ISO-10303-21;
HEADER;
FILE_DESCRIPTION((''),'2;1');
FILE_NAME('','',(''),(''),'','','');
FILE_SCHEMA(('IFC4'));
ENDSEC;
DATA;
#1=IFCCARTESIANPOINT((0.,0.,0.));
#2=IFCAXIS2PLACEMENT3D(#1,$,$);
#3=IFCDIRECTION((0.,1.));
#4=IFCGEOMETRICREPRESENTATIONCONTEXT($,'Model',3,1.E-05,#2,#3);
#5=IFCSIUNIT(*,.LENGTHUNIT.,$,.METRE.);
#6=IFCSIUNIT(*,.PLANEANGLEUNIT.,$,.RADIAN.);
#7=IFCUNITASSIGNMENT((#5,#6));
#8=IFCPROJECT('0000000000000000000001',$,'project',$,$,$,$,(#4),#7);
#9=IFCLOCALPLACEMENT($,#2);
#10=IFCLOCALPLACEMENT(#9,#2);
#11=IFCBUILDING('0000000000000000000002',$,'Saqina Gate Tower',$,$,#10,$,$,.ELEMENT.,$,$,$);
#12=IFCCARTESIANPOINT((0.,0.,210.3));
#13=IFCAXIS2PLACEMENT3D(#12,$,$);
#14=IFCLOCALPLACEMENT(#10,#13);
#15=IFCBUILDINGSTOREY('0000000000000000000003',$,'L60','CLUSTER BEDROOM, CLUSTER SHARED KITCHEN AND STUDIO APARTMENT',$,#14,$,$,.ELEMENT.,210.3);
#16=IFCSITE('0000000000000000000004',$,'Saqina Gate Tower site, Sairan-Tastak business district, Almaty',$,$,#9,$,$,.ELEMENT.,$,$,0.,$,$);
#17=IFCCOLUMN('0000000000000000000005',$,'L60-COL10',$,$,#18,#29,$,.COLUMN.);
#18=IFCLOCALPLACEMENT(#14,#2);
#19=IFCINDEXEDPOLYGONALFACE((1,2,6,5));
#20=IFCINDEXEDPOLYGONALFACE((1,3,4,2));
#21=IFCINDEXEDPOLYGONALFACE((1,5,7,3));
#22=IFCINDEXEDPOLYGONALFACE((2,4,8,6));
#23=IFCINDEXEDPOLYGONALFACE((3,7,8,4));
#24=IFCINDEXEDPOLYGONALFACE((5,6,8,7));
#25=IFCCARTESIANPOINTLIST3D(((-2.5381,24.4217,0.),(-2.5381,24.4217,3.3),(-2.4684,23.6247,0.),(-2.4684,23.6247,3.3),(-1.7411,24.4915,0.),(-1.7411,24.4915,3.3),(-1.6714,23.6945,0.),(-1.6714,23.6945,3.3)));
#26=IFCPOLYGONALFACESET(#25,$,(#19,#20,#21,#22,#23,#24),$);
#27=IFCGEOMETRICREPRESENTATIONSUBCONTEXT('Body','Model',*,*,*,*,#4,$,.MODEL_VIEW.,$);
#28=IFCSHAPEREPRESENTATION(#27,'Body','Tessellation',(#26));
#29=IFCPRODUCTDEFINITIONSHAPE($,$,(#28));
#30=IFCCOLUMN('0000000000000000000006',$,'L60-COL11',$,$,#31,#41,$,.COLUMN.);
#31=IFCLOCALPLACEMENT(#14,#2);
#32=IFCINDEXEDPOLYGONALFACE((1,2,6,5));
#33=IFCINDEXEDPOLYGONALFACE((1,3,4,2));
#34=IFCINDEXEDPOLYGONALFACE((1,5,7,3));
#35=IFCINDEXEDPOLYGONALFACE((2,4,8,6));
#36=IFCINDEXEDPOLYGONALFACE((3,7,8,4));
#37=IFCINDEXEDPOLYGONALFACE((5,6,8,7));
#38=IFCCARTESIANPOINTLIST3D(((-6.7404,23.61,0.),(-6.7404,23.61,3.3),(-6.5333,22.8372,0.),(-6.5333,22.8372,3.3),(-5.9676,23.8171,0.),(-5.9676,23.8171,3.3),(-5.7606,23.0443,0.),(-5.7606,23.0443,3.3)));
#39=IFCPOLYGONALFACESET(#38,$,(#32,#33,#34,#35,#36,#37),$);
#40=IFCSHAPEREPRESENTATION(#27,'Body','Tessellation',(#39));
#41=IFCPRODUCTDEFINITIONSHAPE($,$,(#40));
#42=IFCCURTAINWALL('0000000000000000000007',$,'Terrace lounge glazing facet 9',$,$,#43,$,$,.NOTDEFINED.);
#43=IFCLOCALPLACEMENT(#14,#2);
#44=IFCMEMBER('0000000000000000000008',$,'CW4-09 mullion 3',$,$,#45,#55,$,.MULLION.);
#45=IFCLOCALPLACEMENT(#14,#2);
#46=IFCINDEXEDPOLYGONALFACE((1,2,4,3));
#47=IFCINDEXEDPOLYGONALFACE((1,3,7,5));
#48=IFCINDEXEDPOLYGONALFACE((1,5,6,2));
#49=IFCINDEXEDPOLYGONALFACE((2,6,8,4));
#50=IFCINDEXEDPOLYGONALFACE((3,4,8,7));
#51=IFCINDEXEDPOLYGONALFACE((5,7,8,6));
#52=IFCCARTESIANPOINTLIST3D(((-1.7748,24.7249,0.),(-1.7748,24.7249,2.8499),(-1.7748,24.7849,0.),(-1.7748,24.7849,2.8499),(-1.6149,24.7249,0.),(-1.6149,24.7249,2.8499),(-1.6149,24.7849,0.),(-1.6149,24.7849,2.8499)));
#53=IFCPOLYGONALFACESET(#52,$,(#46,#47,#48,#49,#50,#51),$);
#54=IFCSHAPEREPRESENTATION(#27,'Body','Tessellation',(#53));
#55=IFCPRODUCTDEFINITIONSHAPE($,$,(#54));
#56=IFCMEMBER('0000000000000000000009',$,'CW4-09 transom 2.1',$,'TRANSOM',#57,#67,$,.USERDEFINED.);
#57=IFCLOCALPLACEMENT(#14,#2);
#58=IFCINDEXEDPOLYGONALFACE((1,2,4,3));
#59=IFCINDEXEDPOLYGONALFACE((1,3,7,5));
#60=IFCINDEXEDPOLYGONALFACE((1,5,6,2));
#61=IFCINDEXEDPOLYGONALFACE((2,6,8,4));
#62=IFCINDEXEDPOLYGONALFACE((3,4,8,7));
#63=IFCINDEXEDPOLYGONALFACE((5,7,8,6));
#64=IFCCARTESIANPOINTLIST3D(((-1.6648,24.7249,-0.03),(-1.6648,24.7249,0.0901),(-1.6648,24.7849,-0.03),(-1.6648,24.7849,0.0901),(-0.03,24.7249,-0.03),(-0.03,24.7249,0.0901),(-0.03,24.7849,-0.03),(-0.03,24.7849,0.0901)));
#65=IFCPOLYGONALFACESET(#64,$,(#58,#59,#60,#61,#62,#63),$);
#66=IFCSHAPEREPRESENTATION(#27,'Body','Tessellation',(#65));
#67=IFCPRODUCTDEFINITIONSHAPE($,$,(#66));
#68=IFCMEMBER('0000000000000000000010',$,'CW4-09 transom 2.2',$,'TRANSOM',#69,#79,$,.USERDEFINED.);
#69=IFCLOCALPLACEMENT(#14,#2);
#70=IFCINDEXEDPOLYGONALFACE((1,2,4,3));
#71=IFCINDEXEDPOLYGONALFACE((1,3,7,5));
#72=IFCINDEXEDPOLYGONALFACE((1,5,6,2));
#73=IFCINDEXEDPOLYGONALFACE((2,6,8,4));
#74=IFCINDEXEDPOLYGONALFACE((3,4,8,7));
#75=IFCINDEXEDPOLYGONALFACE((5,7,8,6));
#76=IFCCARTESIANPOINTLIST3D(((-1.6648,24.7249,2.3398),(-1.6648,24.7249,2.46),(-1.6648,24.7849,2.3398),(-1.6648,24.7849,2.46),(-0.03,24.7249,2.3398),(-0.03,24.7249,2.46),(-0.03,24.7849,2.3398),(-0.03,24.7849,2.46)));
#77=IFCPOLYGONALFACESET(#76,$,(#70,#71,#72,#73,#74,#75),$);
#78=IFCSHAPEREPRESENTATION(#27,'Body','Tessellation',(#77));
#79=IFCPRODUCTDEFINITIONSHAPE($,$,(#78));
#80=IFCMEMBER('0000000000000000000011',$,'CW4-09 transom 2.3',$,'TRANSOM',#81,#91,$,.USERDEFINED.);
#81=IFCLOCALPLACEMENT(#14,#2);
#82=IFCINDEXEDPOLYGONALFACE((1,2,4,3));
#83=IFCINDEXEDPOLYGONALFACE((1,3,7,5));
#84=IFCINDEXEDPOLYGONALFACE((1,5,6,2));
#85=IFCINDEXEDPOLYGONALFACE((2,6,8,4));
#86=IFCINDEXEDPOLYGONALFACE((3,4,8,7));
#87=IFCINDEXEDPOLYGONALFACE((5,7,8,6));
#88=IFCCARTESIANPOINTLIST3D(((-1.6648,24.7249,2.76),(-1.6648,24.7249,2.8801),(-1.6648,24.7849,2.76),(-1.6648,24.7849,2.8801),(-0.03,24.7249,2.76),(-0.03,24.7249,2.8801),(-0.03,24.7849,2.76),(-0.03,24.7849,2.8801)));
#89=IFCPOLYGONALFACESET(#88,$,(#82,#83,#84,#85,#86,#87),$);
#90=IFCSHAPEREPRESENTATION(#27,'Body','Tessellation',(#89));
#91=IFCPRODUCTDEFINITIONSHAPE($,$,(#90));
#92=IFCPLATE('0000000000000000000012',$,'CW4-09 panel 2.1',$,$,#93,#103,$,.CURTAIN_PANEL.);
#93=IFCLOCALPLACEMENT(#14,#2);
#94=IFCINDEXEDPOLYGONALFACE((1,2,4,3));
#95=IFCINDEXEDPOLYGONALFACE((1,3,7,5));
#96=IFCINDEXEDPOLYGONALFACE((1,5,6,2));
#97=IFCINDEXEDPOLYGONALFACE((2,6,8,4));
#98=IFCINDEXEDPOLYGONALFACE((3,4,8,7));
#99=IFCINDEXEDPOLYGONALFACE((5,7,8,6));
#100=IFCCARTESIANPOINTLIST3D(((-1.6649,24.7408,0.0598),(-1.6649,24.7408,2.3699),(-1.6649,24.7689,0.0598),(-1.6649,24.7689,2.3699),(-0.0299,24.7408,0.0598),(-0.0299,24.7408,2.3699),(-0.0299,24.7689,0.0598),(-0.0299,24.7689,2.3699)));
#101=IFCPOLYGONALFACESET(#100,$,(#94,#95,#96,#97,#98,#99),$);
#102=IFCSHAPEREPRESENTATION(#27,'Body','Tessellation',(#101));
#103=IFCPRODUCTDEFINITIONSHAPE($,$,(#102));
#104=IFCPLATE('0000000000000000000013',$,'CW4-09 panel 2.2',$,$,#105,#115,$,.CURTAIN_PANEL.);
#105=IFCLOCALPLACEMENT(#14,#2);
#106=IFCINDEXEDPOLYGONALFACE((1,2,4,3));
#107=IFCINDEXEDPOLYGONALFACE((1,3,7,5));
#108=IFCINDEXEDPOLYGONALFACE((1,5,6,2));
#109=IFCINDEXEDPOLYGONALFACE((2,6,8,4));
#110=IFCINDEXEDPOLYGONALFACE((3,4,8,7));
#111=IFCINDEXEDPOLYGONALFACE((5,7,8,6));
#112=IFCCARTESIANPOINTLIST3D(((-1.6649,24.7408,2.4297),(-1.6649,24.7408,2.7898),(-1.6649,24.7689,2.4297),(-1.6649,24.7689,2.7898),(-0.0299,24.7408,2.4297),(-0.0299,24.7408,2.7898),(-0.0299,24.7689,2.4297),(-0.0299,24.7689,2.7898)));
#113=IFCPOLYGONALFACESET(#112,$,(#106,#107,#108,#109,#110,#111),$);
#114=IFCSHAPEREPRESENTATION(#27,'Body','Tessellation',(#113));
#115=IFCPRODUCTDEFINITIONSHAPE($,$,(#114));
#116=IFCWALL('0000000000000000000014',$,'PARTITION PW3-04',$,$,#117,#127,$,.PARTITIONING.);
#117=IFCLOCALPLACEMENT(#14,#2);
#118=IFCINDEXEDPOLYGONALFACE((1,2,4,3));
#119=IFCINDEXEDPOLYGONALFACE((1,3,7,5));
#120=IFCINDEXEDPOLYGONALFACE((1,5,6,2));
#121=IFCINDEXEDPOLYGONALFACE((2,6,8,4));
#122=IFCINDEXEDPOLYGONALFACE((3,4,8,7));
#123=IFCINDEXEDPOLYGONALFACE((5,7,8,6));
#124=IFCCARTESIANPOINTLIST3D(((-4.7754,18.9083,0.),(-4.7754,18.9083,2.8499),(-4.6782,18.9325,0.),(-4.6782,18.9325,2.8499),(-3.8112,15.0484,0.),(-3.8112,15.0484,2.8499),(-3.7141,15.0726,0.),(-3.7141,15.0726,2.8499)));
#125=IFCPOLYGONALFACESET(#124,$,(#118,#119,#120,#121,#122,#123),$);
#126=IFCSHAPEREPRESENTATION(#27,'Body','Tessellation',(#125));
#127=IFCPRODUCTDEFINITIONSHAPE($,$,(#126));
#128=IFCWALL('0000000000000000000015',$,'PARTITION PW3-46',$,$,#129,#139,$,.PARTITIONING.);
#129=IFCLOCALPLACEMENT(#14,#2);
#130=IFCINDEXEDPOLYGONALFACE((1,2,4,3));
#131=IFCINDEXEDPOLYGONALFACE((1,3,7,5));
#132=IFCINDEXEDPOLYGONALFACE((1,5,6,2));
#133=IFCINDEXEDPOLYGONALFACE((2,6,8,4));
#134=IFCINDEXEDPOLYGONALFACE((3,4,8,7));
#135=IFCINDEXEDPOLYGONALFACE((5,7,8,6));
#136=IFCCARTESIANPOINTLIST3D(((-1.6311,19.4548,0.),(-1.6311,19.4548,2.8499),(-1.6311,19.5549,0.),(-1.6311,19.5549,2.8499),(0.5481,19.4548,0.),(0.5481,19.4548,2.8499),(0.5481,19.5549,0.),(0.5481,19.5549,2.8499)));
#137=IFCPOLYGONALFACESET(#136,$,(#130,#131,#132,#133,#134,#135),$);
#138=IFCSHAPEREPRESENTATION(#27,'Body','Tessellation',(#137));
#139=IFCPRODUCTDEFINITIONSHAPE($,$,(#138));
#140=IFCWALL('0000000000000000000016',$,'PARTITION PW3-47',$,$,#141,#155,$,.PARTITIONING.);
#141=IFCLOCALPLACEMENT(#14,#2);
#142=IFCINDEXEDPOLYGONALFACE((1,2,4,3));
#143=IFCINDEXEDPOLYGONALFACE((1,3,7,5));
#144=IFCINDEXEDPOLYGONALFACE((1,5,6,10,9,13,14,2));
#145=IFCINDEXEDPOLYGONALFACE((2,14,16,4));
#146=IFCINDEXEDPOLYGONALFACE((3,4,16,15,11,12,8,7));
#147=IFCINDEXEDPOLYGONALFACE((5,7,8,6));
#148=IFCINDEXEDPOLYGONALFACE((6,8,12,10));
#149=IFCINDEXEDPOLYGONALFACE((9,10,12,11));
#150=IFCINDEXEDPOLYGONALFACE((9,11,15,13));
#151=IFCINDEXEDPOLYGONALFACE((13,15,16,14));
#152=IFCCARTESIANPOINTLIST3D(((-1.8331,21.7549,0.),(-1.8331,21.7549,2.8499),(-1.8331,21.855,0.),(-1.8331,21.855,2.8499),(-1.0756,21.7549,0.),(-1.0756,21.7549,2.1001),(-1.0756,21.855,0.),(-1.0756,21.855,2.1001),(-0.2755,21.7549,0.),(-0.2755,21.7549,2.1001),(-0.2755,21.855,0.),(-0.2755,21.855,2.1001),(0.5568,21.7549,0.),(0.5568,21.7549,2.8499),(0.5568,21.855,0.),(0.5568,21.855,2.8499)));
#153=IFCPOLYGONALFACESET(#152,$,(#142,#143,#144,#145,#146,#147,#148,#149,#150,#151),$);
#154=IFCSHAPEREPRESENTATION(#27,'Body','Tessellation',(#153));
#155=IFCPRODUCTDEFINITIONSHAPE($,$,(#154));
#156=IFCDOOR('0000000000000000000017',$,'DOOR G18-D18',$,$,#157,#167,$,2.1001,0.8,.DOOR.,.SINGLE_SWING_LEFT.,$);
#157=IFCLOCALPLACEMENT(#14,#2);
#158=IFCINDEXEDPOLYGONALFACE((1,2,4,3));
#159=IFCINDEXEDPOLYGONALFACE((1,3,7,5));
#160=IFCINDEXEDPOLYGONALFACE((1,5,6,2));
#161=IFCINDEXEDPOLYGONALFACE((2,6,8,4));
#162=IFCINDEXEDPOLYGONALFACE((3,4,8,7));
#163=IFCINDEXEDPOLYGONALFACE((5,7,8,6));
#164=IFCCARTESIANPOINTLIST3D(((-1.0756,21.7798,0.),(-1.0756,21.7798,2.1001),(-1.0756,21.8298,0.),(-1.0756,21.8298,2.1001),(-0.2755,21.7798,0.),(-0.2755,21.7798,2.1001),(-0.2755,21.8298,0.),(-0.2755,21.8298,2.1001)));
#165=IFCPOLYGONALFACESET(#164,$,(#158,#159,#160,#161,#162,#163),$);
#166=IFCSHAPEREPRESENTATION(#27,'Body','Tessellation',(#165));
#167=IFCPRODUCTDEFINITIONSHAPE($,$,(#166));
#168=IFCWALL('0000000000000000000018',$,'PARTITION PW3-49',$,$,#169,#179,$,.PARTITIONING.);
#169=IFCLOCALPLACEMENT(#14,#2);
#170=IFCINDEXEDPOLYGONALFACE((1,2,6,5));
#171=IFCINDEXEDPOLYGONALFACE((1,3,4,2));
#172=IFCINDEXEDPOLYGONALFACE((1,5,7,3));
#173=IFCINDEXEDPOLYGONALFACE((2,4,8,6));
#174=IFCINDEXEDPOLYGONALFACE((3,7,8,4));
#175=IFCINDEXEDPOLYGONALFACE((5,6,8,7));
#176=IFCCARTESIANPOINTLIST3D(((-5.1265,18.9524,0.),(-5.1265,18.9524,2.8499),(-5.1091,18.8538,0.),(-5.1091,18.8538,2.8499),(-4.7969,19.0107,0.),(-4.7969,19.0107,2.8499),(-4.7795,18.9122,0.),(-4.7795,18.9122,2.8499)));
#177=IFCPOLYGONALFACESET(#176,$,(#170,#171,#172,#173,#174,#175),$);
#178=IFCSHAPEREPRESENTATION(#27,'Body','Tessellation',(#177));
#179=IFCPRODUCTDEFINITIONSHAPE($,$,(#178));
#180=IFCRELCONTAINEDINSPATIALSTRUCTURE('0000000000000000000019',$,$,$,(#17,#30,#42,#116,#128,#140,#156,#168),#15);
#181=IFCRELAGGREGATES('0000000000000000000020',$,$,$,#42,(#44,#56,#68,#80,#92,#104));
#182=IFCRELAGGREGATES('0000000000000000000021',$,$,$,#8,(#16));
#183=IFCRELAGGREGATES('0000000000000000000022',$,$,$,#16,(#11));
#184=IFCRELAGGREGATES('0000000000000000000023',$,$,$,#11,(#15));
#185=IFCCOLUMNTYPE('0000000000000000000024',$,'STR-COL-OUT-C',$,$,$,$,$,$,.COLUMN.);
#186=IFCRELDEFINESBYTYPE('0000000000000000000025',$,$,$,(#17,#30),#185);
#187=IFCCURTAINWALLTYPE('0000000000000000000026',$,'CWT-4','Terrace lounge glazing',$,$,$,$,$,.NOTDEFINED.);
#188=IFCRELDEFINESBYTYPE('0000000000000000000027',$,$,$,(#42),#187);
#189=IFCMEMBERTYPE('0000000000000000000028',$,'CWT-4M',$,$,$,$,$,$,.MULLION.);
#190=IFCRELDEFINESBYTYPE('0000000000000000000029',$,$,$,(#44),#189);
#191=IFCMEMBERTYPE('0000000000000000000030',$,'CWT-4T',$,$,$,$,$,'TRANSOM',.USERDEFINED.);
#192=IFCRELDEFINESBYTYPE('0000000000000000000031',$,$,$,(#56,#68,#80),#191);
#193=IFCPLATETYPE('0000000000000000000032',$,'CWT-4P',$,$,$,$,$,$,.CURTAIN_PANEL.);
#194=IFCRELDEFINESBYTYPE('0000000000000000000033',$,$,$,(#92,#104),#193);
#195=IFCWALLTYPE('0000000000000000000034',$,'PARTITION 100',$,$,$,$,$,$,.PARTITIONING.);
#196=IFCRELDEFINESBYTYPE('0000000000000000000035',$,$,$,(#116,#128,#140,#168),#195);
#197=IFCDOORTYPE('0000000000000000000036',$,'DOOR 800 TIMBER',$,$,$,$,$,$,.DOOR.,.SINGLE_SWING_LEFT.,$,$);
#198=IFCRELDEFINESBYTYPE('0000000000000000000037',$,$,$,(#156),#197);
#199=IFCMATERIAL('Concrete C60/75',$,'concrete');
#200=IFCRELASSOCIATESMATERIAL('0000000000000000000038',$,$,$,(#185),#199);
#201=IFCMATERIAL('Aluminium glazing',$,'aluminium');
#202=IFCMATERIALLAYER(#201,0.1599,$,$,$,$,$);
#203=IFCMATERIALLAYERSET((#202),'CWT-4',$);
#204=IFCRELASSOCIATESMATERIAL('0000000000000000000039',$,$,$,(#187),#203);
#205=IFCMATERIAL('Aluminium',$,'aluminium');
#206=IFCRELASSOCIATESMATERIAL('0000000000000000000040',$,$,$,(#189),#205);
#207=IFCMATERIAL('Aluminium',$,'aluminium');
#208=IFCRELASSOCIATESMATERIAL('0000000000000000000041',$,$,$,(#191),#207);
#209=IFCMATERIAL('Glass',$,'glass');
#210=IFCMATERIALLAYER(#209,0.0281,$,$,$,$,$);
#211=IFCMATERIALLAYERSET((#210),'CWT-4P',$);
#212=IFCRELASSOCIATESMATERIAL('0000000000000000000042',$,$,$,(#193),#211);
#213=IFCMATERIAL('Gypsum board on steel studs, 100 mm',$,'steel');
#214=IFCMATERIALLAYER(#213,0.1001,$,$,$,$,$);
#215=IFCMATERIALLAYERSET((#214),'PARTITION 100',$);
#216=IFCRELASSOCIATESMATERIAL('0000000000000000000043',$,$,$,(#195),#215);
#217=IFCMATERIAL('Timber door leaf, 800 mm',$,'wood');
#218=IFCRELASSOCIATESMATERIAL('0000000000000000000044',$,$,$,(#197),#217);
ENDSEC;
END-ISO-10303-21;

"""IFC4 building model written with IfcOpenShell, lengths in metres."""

from ifc_helpers import new_model, si_unit, direction, frame, frame_2d, origin, origin_2d, place, context, subcontext, project, spatial, rectangle, extrude, material, layer, layer_set, material_profile, profile_set, type_object, element, fill, aggregate, save


model = new_model("IFC4")

# Units and contexts
model_context = context("Model", 3, precision=1e-05, world=origin(), true_north=direction((0.0, 1.0)))
body_context = subcontext(model_context, "Body", "Model", "MODEL_VIEW")
ifc_project = project(units=[si_unit("LENGTHUNIT", "METRE"), si_unit("PLANEANGLEUNIT", "RADIAN")], contexts=[model_context])

# Site, building, storey
site_placement = place(None, origin())
site = spatial("IfcSite", under=ifc_project, at=site_placement, Name="Saqina Gate Tower site, Sairan-Tastak business district, Almaty", CompositionType="ELEMENT", RefElevation=0.0)
building_placement = place(site_placement, origin())
building = spatial("IfcBuilding", under=site, at=building_placement, Name="Saqina Gate Tower", CompositionType="ELEMENT")
storey_placement = place(building_placement, frame((0.0, 0.0, 210.3)))
storey = spatial("IfcBuildingStorey", under=building, at=storey_placement, Name="L60", Description="CLUSTER BEDROOM, CLUSTER SHARED KITCHEN AND STUDIO APARTMENT", CompositionType="ELEMENT", Elevation=210.3)

# Columns
ifc_material_1 = material(Name="Concrete C60/75", Category="concrete")
ifc_material_profile_1 = material_profile(ifc_material_1, rectangle(XDim=0.8, YDim=0.8, at=origin_2d()), Name="RC 800x800")
ifc_profile_set_1 = profile_set([ifc_material_profile_1], Name="Concrete C60/75")
column_type = type_object("IfcColumnType", Name="STR-COL-OUT-C", PredefinedType="COLUMN", material=ifc_profile_set_1)
for number, where, z_axis, x_axis, name in (
    (1, (-2.1047, 24.0581, 0.0), (0.0, 0.0, 1.0), (-0.087156, 0.996195, 0.0), "L60-COL10"),
    (2, (-6.2505, 23.3271, 0.0), (0.0, 0.0, 1.0), (-0.258819, 0.965926, 0.0), "L60-COL11"),
):
    element("IfcColumn", number, at=place(storey_placement, frame(where, z_axis=z_axis, x_axis=x_axis)), inside=storey, type_object=column_type, Name=name, PredefinedType="COLUMN", context=body_context, shape_type="SweptSolid", body=[
        extrude(rectangle(XDim=0.8, YDim=0.8, at=origin_2d()), origin(), (0.0, 0.0, 1.0), 3.3),
    ])

# Curtain wall, members, plates
ifc_material_2 = material(Name="Aluminium glazing", Category="aluminium")
ifc_layer_1 = layer(ifc_material_2, 0.1599)
ifc_layer_set_1 = layer_set([ifc_layer_1], Name="CWT-4")
curtain_wall_type = type_object("IfcCurtainWallType", Name="CWT-4", Description="Terrace lounge glazing", PredefinedType="NOTDEFINED", material=ifc_layer_set_1)
curtain_wall_placement = place(storey_placement, origin())
curtain_wall = element("IfcCurtainWall", 3, at=curtain_wall_placement, inside=storey, type_object=curtain_wall_type, Name="Terrace lounge glazing facet 9", PredefinedType="NOTDEFINED")
ifc_material_3 = material(Name="Aluminium", Category="aluminium")
ifc_material_profile_2 = material_profile(ifc_material_3, rectangle(XDim=0.0601, YDim=0.1599, at=origin_2d()), Name="Aluminium 60x160")
ifc_profile_set_2 = profile_set([ifc_material_profile_2], Name="Aluminium")
member_type_1 = type_object("IfcMemberType", Name="CWT-4M", PredefinedType="MULLION", material=ifc_profile_set_2)
member_1_placement = place(storey_placement, frame((-1.6948, 24.7549, 0.0), z_axis=(0.0, 0.0, 1.0), x_axis=(0.0, -1.0, 0.0)))
member_1 = element("IfcMember", 4, at=member_1_placement, type_object=member_type_1, Name="CW4-09 mullion 3", PredefinedType="MULLION", context=body_context, shape_type="SweptSolid", body=[
    extrude(rectangle(XDim=0.0601, YDim=0.1599, at=origin_2d()), origin(), (0.0, 0.0, 1.0), 2.8499),
])
ifc_material_4 = material(Name="Aluminium", Category="aluminium")
ifc_material_profile_3 = material_profile(ifc_material_4, rectangle(XDim=0.0601, YDim=0.1201, at=origin_2d()), Name="Aluminium 60x120")
ifc_profile_set_3 = profile_set([ifc_material_profile_3], Name="Aluminium")
member_type_2 = type_object("IfcMemberType", Name="CWT-4T", ElementType="TRANSOM", PredefinedType="USERDEFINED", material=ifc_profile_set_3)
member_2_placement = place(storey_placement, frame((-0.03, 24.7549, 0.03), z_axis=(-1.0, 0.0, 0.0), x_axis=(0.0, -1.0, 0.0)))
member_2 = element("IfcMember", 5, at=member_2_placement, type_object=member_type_2, Name="CW4-09 transom 2.1", ObjectType="TRANSOM", PredefinedType="USERDEFINED", context=body_context, shape_type="SweptSolid", body=[
    extrude(rectangle(XDim=0.0601, YDim=0.1201, at=origin_2d()), origin(), (0.0, 0.0, 1.0), 1.6348),
])
member_3_placement = place(storey_placement, frame((-0.03, 24.7549, 2.3999), z_axis=(-1.0, 0.0, 0.0), x_axis=(0.0, -1.0, 0.0)))
member_3 = element("IfcMember", 6, at=member_3_placement, type_object=member_type_2, Name="CW4-09 transom 2.2", ObjectType="TRANSOM", PredefinedType="USERDEFINED", context=body_context, shape_type="SweptSolid", body=[
    extrude(rectangle(XDim=0.0601, YDim=0.1201, at=origin_2d()), origin(), (0.0, 0.0, 1.0), 1.6348),
])
member_4_placement = place(storey_placement, frame((-0.03, 24.7549, 2.8201), z_axis=(-1.0, 0.0, 0.0), x_axis=(0.0, -1.0, 0.0)))
member_4 = element("IfcMember", 7, at=member_4_placement, type_object=member_type_2, Name="CW4-09 transom 2.3", ObjectType="TRANSOM", PredefinedType="USERDEFINED", context=body_context, shape_type="SweptSolid", body=[
    extrude(rectangle(XDim=0.0601, YDim=0.1201, at=origin_2d()), origin(), (0.0, 0.0, 1.0), 1.6348),
])
ifc_material_5 = material(Name="Glass", Category="glass")
ifc_layer_2 = layer(ifc_material_5, 0.0281)
ifc_layer_set_2 = layer_set([ifc_layer_2], Name="CWT-4P")
plate_type = type_object("IfcPlateType", Name="CWT-4P", PredefinedType="CURTAIN_PANEL", material=ifc_layer_set_2)
plate_1_placement = place(storey_placement, frame((-0.8474, 24.7549, 0.0598), z_axis=(0.0, 0.0, 1.0), x_axis=(-1.0, 0.0, 0.0)))
plate_1 = element("IfcPlate", 8, at=plate_1_placement, type_object=plate_type, Name="CW4-09 panel 2.1", PredefinedType="CURTAIN_PANEL", context=body_context, shape_type="SweptSolid", body=[
    extrude(rectangle(XDim=1.635, YDim=0.0281, at=origin_2d()), origin(), (0.0, 0.0, 1.0), 2.3101),
])
plate_2_placement = place(storey_placement, frame((-0.8474, 24.7549, 2.4297), z_axis=(0.0, 0.0, 1.0), x_axis=(-1.0, 0.0, 0.0)))
plate_2 = element("IfcPlate", 9, at=plate_2_placement, type_object=plate_type, Name="CW4-09 panel 2.2", PredefinedType="CURTAIN_PANEL", context=body_context, shape_type="SweptSolid", body=[
    extrude(rectangle(XDim=1.635, YDim=0.0281, at=origin_2d()), origin(), (0.0, 0.0, 1.0), 0.3601),
])
aggregate(curtain_wall, [member_1, member_2, member_3, member_4, plate_1, plate_2])

# Walls
ifc_material_6 = material(Name="Gypsum board on steel studs, 100 mm", Category="steel")
ifc_layer_3 = layer(ifc_material_6, 0.1001)
ifc_layer_set_3 = layer_set([ifc_layer_3], Name="PARTITION 100")
wall_type_1 = type_object("IfcWallType", Name="PARTITION 100", PredefinedType="PARTITIONING", material=ifc_layer_set_3)
wall_1_placement = place(storey_placement, frame((-4.7268, 18.9204, 0.0), z_axis=(0.0, 0.0, 1.0), x_axis=(0.242333, -0.970193, 0.0)))
element("IfcWall", 10, at=wall_1_placement, inside=storey, type_object=wall_type_1, Name="PARTITION PW3-04", PredefinedType="PARTITIONING", context=body_context, shape_type="SweptSolid", body=[
    extrude(rectangle(XDim=3.9785, YDim=0.1001, at=frame_2d((1.9893, 0.0))), origin(), (0.0, 0.0, 1.0), 2.8499),
])
wall_2_placement = place(storey_placement, frame((-1.6311, 19.5049, 0.0), z_axis=(0.0, 0.0, 1.0), x_axis=(1.0, 0.0, 0.0)))
element("IfcWall", 11, at=wall_2_placement, inside=storey, type_object=wall_type_1, Name="PARTITION PW3-46", PredefinedType="PARTITIONING", context=body_context, shape_type="SweptSolid", body=[
    extrude(rectangle(XDim=2.1792, YDim=0.1001, at=frame_2d((1.0896, 0.0))), origin(), (0.0, 0.0, 1.0), 2.8499),
])

# Wall, opening, door
wall_3_placement = place(storey_placement, frame((-1.833, 21.8049, 0.0), z_axis=(0.0, 0.0, 1.0), x_axis=(1.0, 0.0, 0.0)))
wall_3 = element("IfcWall", 12, at=wall_3_placement, inside=storey, type_object=wall_type_1, Name="PARTITION PW3-47", PredefinedType="PARTITIONING", context=body_context, shape_type="SweptSolid", body=[
    extrude(rectangle(XDim=2.3899, YDim=0.1001, at=frame_2d((1.1948, 0.0))), origin(), (0.0, 0.0, 1.0), 2.8499),
])
opening_1_placement = place(wall_3_placement, frame((0.7576, 0.0, 0.0)))
opening_1 = element("IfcOpeningElement", 13, at=opening_1_placement, cuts=wall_3, PredefinedType="OPENING", context=body_context, shape_type="SweptSolid", body=[
    extrude(rectangle(XDim=0.8, YDim=2.1001, at=frame_2d((0.3999, 1.05))), frame((0.0, 0.062, 0.0), z_axis=(0.0, -1.0, 0.0), x_axis=(1.0, 0.0, 0.0)), (0.0, 0.0, 1.0), 0.124),
])
ifc_material_7 = material(Name="Timber door leaf, 800 mm", Category="wood")
door_type_1 = type_object("IfcDoorType", Name="DOOR 800 TIMBER", OperationType="SINGLE_SWING_LEFT", PredefinedType="DOOR", material=ifc_material_7)
door_1_placement = place(opening_1_placement, origin())
door_1 = element("IfcDoor", 14, at=door_1_placement, inside=storey, type_object=door_type_1, Name="DOOR G18-D18", OperationType="SINGLE_SWING_LEFT", OverallHeight=2.1001, OverallWidth=0.8, PredefinedType="DOOR", context=body_context, shape_type="SweptSolid", body=[
    extrude(rectangle(XDim=0.8, YDim=2.1001, at=frame_2d((0.3999, 1.05))), frame((0.0, 0.0249, 0.0), z_axis=(0.0, -1.0, 0.0), x_axis=(1.0, 0.0, 0.0)), (0.0, 0.0, 1.0), 0.05),
])
fill(opening_1, door_1)

# Wall
wall_4_placement = place(storey_placement, frame((-5.1179, 18.9031, 0.0), z_axis=(0.0, 0.0, 1.0), x_axis=(0.984688, 0.174326, 0.0)))
element("IfcWall", 15, at=wall_4_placement, inside=storey, type_object=wall_type_1, Name="PARTITION PW3-49", PredefinedType="PARTITIONING", context=body_context, shape_type="SweptSolid", body=[
    extrude(rectangle(XDim=0.3347, YDim=0.1001, at=frame_2d((0.1675, 0.0))), origin(), (0.0, 0.0, 1.0), 2.8499),
])

save(model, "model.ifc")
